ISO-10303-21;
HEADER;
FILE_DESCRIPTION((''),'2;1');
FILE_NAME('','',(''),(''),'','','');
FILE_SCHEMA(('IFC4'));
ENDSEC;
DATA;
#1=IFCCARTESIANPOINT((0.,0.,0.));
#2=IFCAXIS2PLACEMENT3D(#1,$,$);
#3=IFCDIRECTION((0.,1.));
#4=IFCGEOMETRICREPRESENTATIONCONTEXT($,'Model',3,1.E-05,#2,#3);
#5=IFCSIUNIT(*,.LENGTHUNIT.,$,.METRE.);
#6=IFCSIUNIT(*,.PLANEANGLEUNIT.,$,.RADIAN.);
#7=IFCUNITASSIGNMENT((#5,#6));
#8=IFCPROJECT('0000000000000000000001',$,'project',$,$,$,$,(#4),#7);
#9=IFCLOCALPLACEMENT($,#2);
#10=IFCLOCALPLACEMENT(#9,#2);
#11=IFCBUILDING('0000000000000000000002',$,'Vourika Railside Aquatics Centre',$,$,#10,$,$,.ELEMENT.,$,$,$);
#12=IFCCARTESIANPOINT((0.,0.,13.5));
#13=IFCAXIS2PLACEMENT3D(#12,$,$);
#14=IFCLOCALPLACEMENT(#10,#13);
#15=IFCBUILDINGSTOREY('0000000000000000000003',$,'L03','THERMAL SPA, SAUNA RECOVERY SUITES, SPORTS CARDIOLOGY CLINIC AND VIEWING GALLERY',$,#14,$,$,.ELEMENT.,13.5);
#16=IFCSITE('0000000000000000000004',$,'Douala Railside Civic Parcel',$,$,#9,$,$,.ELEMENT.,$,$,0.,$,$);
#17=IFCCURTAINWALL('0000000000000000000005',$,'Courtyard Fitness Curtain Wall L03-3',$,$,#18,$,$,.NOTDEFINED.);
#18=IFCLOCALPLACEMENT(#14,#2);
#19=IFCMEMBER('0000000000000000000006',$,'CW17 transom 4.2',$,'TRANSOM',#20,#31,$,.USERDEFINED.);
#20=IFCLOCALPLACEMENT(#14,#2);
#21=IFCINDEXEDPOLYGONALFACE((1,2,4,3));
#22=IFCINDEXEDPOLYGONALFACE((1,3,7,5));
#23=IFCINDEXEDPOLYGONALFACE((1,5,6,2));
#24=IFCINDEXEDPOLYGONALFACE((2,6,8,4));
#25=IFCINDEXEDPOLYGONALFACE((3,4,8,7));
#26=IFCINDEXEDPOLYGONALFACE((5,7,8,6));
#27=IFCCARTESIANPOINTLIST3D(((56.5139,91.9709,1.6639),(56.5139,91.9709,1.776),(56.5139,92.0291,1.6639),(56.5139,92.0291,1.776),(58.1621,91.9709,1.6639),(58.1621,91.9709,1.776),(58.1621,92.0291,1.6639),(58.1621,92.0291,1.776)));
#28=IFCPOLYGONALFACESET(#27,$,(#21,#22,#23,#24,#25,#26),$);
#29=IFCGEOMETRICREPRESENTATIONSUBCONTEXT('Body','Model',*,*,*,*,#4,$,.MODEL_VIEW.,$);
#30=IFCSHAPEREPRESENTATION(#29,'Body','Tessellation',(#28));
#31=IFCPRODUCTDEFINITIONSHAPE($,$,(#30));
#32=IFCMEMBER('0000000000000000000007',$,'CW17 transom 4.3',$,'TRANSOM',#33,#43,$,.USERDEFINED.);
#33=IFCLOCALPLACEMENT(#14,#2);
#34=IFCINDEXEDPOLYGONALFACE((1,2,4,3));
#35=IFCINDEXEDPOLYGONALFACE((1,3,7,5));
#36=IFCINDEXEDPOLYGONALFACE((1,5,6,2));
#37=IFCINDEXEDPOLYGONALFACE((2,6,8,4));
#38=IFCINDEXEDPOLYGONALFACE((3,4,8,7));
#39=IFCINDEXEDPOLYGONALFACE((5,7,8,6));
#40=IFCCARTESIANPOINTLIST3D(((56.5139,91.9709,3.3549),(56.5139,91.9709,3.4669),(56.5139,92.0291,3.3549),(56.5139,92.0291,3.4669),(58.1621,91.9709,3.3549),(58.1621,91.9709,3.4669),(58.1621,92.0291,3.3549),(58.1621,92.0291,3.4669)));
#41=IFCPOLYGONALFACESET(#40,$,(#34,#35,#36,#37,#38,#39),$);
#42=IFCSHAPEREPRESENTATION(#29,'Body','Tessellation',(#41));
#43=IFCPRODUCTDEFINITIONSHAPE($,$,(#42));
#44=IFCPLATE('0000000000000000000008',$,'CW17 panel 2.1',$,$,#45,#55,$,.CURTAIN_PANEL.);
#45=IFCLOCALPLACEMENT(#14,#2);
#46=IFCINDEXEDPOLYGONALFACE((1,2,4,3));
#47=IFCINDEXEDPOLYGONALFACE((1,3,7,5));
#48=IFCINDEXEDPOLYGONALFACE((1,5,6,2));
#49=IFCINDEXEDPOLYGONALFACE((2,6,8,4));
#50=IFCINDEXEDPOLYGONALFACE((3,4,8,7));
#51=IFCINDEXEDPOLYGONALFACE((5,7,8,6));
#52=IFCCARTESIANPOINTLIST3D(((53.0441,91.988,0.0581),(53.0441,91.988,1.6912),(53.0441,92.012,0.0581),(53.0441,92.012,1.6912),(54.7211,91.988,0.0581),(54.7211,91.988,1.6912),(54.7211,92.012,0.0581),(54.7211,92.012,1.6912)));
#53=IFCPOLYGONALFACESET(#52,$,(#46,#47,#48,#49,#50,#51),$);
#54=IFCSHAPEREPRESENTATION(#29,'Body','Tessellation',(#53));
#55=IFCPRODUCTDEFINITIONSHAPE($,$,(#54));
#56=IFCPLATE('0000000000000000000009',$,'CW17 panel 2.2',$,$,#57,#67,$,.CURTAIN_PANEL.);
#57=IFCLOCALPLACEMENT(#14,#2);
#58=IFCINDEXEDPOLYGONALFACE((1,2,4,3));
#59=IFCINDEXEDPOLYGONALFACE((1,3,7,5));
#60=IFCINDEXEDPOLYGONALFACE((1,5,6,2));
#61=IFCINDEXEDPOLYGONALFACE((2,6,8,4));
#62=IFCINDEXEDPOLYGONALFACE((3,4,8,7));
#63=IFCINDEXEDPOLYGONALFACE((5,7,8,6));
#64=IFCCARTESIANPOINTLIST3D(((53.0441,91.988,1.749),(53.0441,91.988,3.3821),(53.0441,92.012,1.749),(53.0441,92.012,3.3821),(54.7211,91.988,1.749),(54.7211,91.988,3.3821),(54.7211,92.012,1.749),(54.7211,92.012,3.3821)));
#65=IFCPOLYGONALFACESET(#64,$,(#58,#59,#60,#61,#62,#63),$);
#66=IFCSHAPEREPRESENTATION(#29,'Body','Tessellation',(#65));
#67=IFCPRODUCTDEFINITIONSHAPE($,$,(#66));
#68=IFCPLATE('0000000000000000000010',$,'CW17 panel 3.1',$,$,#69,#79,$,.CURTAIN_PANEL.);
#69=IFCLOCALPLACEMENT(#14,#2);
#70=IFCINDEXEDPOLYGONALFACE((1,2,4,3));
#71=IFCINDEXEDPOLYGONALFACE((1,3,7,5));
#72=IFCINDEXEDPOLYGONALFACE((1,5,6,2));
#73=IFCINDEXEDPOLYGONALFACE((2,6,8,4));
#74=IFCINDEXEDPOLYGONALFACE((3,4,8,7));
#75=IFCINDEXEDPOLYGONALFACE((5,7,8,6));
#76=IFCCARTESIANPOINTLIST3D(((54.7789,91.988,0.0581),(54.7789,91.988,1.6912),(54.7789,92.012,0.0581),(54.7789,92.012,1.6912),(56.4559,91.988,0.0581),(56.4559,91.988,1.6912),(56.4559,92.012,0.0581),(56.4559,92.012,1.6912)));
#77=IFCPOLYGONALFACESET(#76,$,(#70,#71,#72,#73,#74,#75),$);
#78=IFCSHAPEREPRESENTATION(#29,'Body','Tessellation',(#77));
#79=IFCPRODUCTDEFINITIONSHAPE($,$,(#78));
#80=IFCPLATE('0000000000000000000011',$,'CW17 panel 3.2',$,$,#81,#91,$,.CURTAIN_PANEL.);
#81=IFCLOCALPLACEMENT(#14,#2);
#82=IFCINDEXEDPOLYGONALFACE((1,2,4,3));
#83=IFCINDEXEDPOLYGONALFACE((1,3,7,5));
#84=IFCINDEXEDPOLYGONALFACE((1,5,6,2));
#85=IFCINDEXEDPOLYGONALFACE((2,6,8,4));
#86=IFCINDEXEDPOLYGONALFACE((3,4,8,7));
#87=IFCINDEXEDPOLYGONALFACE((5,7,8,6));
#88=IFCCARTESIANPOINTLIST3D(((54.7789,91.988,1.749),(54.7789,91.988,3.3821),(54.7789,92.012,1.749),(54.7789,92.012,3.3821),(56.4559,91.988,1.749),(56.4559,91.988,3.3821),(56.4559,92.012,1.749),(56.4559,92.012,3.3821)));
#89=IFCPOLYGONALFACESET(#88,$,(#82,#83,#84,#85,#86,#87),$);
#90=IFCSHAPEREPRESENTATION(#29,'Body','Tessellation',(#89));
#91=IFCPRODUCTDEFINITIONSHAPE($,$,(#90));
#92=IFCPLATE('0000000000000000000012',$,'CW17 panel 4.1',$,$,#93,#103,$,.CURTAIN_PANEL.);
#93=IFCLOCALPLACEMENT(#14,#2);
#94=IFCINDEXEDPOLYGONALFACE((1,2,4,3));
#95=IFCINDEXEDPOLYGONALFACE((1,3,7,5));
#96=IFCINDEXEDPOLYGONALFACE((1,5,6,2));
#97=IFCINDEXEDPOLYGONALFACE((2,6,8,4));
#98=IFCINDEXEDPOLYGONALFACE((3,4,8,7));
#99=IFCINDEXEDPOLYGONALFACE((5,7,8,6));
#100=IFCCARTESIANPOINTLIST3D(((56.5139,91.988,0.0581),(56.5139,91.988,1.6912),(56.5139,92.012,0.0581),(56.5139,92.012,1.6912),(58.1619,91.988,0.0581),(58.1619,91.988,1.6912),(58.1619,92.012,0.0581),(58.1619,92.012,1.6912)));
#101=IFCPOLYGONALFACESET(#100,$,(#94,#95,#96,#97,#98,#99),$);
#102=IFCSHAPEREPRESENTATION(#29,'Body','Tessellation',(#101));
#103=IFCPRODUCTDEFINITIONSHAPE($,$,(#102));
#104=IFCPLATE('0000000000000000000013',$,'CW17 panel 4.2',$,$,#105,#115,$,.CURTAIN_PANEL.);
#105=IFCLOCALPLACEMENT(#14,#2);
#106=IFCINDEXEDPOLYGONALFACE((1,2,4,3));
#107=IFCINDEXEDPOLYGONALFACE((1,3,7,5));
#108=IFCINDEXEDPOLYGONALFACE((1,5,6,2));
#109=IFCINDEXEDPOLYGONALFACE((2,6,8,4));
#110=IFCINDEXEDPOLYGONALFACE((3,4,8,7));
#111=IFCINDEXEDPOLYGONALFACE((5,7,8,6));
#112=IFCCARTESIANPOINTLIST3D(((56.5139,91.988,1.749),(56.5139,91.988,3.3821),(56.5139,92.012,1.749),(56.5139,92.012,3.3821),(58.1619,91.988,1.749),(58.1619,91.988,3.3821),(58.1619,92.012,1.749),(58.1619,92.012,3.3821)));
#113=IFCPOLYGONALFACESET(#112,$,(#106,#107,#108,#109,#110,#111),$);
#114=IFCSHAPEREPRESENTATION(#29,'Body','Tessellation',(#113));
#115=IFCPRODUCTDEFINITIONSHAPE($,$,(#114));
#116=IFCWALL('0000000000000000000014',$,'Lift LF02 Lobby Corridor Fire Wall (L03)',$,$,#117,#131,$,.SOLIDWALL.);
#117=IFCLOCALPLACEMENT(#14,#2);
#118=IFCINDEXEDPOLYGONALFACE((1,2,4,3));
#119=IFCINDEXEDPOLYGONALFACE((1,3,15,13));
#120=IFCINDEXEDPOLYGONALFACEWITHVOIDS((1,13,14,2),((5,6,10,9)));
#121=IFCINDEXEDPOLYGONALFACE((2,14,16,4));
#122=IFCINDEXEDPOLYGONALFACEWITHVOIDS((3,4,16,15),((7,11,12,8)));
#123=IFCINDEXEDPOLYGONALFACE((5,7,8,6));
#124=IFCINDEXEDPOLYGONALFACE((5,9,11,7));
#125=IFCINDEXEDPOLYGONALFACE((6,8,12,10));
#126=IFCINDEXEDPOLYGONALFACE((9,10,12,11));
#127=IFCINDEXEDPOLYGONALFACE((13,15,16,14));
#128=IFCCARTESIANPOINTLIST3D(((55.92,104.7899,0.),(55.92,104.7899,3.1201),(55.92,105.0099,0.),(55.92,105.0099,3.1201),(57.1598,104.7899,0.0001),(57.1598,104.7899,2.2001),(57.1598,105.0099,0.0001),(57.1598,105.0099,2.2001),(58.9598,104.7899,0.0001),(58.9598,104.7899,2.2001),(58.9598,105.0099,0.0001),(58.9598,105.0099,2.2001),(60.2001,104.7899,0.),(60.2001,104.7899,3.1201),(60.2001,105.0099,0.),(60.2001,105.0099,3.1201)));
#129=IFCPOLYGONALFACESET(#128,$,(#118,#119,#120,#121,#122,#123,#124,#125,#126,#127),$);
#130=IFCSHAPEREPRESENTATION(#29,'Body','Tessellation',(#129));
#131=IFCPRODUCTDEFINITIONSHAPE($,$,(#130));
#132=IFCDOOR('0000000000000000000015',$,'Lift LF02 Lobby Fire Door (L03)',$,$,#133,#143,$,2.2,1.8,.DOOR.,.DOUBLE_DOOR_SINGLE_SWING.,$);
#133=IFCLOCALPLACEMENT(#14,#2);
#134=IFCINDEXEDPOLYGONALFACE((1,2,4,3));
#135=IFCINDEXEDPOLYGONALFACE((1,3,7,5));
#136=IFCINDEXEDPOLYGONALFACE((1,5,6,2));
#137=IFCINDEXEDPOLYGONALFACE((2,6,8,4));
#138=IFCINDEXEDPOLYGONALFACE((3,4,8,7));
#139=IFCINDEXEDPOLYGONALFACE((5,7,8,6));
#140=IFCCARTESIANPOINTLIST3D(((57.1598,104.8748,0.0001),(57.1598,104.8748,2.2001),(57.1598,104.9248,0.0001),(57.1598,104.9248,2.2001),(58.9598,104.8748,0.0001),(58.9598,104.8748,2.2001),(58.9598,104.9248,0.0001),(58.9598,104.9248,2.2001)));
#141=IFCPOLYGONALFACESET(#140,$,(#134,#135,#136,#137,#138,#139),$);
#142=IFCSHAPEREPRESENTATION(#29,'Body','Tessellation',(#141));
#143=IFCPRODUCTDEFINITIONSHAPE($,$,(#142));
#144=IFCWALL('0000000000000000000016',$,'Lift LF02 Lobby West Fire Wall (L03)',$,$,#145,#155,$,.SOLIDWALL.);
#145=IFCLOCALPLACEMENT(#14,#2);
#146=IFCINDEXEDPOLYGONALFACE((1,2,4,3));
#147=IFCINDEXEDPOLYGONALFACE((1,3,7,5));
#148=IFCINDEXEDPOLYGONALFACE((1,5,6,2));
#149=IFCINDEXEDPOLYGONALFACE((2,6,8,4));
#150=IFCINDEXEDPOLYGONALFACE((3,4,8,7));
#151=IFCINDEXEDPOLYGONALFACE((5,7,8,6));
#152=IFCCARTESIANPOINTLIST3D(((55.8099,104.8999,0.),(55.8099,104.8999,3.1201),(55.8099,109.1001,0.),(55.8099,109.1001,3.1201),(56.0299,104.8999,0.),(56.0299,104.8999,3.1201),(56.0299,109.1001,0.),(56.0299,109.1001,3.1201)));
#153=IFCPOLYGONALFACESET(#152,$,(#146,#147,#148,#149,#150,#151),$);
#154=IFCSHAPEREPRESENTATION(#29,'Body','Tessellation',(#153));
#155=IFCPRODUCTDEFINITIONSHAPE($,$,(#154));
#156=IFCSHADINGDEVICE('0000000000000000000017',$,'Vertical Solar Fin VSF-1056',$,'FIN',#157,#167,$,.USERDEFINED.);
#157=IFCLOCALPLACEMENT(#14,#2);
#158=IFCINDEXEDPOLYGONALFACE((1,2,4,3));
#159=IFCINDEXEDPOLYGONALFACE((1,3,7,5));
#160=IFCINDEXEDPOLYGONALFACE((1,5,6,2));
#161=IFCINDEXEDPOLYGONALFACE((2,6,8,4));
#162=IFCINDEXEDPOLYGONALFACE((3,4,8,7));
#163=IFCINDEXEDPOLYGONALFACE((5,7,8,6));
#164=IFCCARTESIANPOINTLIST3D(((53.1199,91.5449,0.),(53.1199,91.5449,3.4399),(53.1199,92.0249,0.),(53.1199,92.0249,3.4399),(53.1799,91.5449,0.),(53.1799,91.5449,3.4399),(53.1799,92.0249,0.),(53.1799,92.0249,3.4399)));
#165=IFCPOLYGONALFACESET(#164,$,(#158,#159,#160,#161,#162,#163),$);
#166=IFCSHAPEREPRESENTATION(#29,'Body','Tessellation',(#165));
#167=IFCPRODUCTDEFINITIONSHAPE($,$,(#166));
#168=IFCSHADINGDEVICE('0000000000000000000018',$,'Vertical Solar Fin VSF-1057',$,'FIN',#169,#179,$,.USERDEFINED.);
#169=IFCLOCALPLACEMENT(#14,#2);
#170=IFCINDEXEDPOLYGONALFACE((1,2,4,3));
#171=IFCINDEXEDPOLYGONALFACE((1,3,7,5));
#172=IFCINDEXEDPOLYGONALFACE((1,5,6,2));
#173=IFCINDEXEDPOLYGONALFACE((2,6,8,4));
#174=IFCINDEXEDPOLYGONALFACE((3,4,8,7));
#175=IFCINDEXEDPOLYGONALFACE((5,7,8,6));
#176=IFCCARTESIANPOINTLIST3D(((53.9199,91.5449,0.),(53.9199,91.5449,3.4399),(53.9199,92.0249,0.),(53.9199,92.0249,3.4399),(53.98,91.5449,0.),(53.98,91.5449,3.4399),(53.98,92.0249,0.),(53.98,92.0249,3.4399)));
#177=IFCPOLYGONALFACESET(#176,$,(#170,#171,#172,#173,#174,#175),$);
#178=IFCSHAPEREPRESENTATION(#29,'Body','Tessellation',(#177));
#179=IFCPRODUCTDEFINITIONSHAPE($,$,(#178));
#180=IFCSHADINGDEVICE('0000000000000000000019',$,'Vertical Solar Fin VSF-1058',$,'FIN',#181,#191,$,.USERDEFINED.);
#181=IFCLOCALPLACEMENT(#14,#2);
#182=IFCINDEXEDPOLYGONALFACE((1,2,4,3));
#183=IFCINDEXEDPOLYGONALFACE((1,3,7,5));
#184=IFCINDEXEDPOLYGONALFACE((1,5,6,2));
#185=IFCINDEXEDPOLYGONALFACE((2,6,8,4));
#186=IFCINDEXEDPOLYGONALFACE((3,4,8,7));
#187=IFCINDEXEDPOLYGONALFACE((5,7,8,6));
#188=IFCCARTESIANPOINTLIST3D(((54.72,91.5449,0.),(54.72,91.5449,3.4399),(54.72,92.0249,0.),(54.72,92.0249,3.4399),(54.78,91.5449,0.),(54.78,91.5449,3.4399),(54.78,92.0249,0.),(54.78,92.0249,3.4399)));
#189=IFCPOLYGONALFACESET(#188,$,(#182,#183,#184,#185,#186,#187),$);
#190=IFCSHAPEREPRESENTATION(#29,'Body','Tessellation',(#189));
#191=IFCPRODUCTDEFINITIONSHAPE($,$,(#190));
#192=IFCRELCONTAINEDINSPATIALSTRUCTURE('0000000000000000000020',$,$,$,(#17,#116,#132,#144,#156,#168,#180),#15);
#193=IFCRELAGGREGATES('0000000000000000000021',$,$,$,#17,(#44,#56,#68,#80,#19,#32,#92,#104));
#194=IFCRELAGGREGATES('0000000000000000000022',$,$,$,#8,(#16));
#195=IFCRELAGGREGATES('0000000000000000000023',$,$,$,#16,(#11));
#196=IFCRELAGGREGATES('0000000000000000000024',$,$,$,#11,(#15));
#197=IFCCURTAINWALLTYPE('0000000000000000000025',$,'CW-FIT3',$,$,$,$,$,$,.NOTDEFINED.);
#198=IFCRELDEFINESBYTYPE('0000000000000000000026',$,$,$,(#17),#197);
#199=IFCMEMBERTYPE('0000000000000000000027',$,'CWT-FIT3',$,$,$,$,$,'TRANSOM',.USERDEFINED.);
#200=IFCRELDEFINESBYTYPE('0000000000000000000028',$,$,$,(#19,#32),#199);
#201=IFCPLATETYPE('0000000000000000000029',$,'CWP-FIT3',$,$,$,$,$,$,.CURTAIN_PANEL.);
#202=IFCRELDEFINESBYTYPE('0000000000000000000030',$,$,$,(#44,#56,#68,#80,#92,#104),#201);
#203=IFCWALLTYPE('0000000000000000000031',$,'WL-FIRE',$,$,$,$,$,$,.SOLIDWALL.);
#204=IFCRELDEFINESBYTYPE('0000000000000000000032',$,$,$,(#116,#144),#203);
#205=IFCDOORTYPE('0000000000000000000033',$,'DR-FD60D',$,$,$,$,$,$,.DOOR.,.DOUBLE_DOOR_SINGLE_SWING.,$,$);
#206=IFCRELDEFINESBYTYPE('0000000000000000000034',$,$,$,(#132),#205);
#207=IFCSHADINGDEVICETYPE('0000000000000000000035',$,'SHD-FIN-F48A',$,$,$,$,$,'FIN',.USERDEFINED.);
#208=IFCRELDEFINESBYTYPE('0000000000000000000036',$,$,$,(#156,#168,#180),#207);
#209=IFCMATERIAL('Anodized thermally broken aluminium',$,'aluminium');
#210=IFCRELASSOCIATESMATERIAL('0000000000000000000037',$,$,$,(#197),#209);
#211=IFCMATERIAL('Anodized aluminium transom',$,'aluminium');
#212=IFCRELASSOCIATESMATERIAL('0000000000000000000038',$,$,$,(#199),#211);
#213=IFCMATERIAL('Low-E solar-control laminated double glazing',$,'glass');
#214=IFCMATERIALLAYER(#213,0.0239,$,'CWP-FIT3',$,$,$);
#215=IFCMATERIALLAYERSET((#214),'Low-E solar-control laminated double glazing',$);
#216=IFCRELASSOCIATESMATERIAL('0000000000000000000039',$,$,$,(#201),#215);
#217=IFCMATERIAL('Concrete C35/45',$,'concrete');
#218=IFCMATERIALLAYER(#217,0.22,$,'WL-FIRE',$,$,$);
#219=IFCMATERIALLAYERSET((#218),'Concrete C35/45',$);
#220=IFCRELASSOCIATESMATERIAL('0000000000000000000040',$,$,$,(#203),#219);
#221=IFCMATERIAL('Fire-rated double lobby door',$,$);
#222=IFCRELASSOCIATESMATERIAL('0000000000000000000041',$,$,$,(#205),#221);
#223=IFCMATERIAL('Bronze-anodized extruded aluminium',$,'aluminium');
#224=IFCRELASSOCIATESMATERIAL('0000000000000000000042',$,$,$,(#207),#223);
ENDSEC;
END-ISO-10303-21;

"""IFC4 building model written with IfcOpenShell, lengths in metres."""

from ifc_helpers import new_model, si_unit, direction, frame, frame_2d, origin, origin_2d, place, context, subcontext, project, spatial, rectangle, extrude, material, layer, layer_set, material_profile, profile_set, type_object, element, fill, aggregate, save


model = new_model("IFC4")

# Units and contexts
model_context = context("Model", 3, precision=1e-05, world=origin(), true_north=direction((0.0, 1.0)))
body_context = subcontext(model_context, "Body", "Model", "MODEL_VIEW")
ifc_project = project(units=[si_unit("LENGTHUNIT", "METRE"), si_unit("PLANEANGLEUNIT", "RADIAN")], contexts=[model_context])

# Site, building, storey
site_placement = place(None, origin())
site = spatial("IfcSite", under=ifc_project, at=site_placement, Name="Douala Railside Civic Parcel", CompositionType="ELEMENT", RefElevation=0.0)
building_placement = place(site_placement, origin())
building = spatial("IfcBuilding", under=site, at=building_placement, Name="Vourika Railside Aquatics Centre", CompositionType="ELEMENT")
storey_placement = place(building_placement, frame((0.0, 0.0, 13.5)))
storey = spatial("IfcBuildingStorey", under=building, at=storey_placement, Name="L03", Description="THERMAL SPA, SAUNA RECOVERY SUITES, SPORTS CARDIOLOGY CLINIC AND VIEWING GALLERY", CompositionType="ELEMENT", Elevation=13.5)

# Shared definitions
ifc_material_1 = material(Name="Concrete C35/45", Category="concrete")

# Curtain wall, members, plates
ifc_material_2 = material(Name="Anodized thermally broken aluminium", Category="aluminium")
curtain_wall_type = type_object("IfcCurtainWallType", Name="CW-FIT3", PredefinedType="NOTDEFINED", material=ifc_material_2)
curtain_wall_placement = place(storey_placement, origin())
curtain_wall = element("IfcCurtainWall", 1, at=curtain_wall_placement, inside=storey, type_object=curtain_wall_type, Name="Courtyard Fitness Curtain Wall L03-3", PredefinedType="NOTDEFINED")
ifc_material_3 = material(Name="Anodized aluminium transom", Category="aluminium")
ifc_material_profile_1 = material_profile(ifc_material_3, rectangle(XDim=0.0581, YDim=0.1121, at=origin_2d()), Name="ALU-T 58x112")
ifc_profile_set_1 = profile_set([ifc_material_profile_1], Name="Anodized aluminium transom")
member_type_1 = type_object("IfcMemberType", Name="CWT-FIT3", ElementType="TRANSOM", PredefinedType="USERDEFINED", material=ifc_profile_set_1)
member_1_placement = place(storey_placement, frame((56.5139, 92.0, 1.72), z_axis=(1.0, 0.0, 0.0), x_axis=(0.0, 1.0, 0.0)))
member_1 = element("IfcMember", 2, at=member_1_placement, type_object=member_type_1, Name="CW17 transom 4.2", ObjectType="TRANSOM", PredefinedType="USERDEFINED", context=body_context, shape_type="SweptSolid", body=[
    extrude(rectangle(XDim=0.0581, YDim=0.1121, at=origin_2d()), origin(), (0.0, 0.0, 1.0), 1.6482),
])
member_2_placement = place(storey_placement, frame((56.5139, 92.0, 3.4109), z_axis=(1.0, 0.0, 0.0), x_axis=(0.0, 1.0, 0.0)))
member_2 = element("IfcMember", 3, at=member_2_placement, type_object=member_type_1, Name="CW17 transom 4.3", ObjectType="TRANSOM", PredefinedType="USERDEFINED", context=body_context, shape_type="SweptSolid", body=[
    extrude(rectangle(XDim=0.0581, YDim=0.1121, at=origin_2d()), origin(), (0.0, 0.0, 1.0), 1.6482),
])
ifc_material_4 = material(Name="Low-E solar-control laminated double glazing", Category="glass")
ifc_layer_1 = layer(ifc_material_4, 0.0239, Name="CWP-FIT3")
ifc_layer_set_1 = layer_set([ifc_layer_1], Name="Low-E solar-control laminated double glazing")
plate_type = type_object("IfcPlateType", Name="CWP-FIT3", PredefinedType="CURTAIN_PANEL", material=ifc_layer_set_1)
plate_1_placement = place(storey_placement, frame((53.8826, 92.0, 0.0581), z_axis=(0.0, 0.0, 1.0), x_axis=(1.0, 0.0, 0.0)))
plate_1 = element("IfcPlate", 4, at=plate_1_placement, type_object=plate_type, Name="CW17 panel 2.1", PredefinedType="CURTAIN_PANEL", context=body_context, shape_type="SweptSolid", body=[
    extrude(rectangle(XDim=1.677, YDim=0.0239, at=origin_2d()), origin(), (0.0, 0.0, 1.0), 1.6331),
])
plate_2_placement = place(storey_placement, frame((53.8826, 92.0, 1.749), z_axis=(0.0, 0.0, 1.0), x_axis=(1.0, 0.0, 0.0)))
plate_2 = element("IfcPlate", 5, at=plate_2_placement, type_object=plate_type, Name="CW17 panel 2.2", PredefinedType="CURTAIN_PANEL", context=body_context, shape_type="SweptSolid", body=[
    extrude(rectangle(XDim=1.677, YDim=0.0239, at=origin_2d()), origin(), (0.0, 0.0, 1.0), 1.6331),
])
plate_3_placement = place(storey_placement, frame((55.6174, 92.0, 0.0581), z_axis=(0.0, 0.0, 1.0), x_axis=(1.0, 0.0, 0.0)))
plate_3 = element("IfcPlate", 6, at=plate_3_placement, type_object=plate_type, Name="CW17 panel 3.1", PredefinedType="CURTAIN_PANEL", context=body_context, shape_type="SweptSolid", body=[
    extrude(rectangle(XDim=1.677, YDim=0.0239, at=origin_2d()), origin(), (0.0, 0.0, 1.0), 1.6331),
])
plate_4_placement = place(storey_placement, frame((55.6174, 92.0, 1.749), z_axis=(0.0, 0.0, 1.0), x_axis=(1.0, 0.0, 0.0)))
plate_4 = element("IfcPlate", 7, at=plate_4_placement, type_object=plate_type, Name="CW17 panel 3.2", PredefinedType="CURTAIN_PANEL", context=body_context, shape_type="SweptSolid", body=[
    extrude(rectangle(XDim=1.677, YDim=0.0239, at=origin_2d()), origin(), (0.0, 0.0, 1.0), 1.6331),
])
plate_5_placement = place(storey_placement, frame((57.3379, 92.0, 0.0581), z_axis=(0.0, 0.0, 1.0), x_axis=(1.0, 0.0, 0.0)))
plate_5 = element("IfcPlate", 8, at=plate_5_placement, type_object=plate_type, Name="CW17 panel 4.1", PredefinedType="CURTAIN_PANEL", context=body_context, shape_type="SweptSolid", body=[
    extrude(rectangle(XDim=1.6479, YDim=0.0239, at=origin_2d()), origin(), (0.0, 0.0, 1.0), 1.6331),
])
plate_6_placement = place(storey_placement, frame((57.3379, 92.0, 1.749), z_axis=(0.0, 0.0, 1.0), x_axis=(1.0, 0.0, 0.0)))
plate_6 = element("IfcPlate", 9, at=plate_6_placement, type_object=plate_type, Name="CW17 panel 4.2", PredefinedType="CURTAIN_PANEL", context=body_context, shape_type="SweptSolid", body=[
    extrude(rectangle(XDim=1.6479, YDim=0.0239, at=origin_2d()), origin(), (0.0, 0.0, 1.0), 1.6331),
])
aggregate(curtain_wall, [plate_1, plate_2, plate_3, plate_4, member_1, member_2, plate_5, plate_6])

# Wall, opening, door
ifc_layer_2 = layer(ifc_material_1, 0.22, Name="WL-FIRE")
ifc_layer_set_2 = layer_set([ifc_layer_2], Name="Concrete C35/45")
wall_type = type_object("IfcWallType", Name="WL-FIRE", PredefinedType="SOLIDWALL", material=ifc_layer_set_2)
wall_1_placement = place(storey_placement, frame((55.9199, 104.8999, 0.0), z_axis=(0.0, 0.0, 1.0), x_axis=(1.0, 0.0, 0.0)))
wall_1 = element("IfcWall", 10, at=wall_1_placement, inside=storey, type_object=wall_type, Name="Lift LF02 Lobby Corridor Fire Wall (L03)", PredefinedType="SOLIDWALL", context=body_context, shape_type="SweptSolid", body=[
    extrude(rectangle(XDim=4.28, YDim=0.22, at=frame_2d((2.1401, 0.0))), origin(), (0.0, 0.0, 1.0), 3.1201),
])
opening_placement = place(wall_1_placement, frame((1.24, 0.0, 0.0)))
opening = element("IfcOpeningElement", 11, at=opening_placement, cuts=wall_1, PredefinedType="OPENING", context=body_context, shape_type="SweptSolid", body=[
    extrude(rectangle(XDim=1.8, YDim=2.2, at=frame_2d((0.8999, 1.1001))), frame((0.0, 0.1201, 0.0), z_axis=(0.0, -1.0, 0.0), x_axis=(1.0, 0.0, 0.0)), (0.0, 0.0, 1.0), 0.24),
])
ifc_material_5 = material(Name="Fire-rated double lobby door")
door_type = type_object("IfcDoorType", Name="DR-FD60D", OperationType="DOUBLE_DOOR_SINGLE_SWING", PredefinedType="DOOR", material=ifc_material_5)
door_placement = place(opening_placement, origin())
door = element("IfcDoor", 12, at=door_placement, inside=storey, type_object=door_type, Name="Lift LF02 Lobby Fire Door (L03)", OperationType="DOUBLE_DOOR_SINGLE_SWING", OverallHeight=2.2, OverallWidth=1.8, PredefinedType="DOOR", context=body_context, shape_type="SweptSolid", body=[
    extrude(rectangle(XDim=1.8, YDim=2.2, at=frame_2d((0.8999, 1.1001))), frame((0.0, 0.0249, 0.0), z_axis=(0.0, -1.0, 0.0), x_axis=(1.0, 0.0, 0.0)), (0.0, 0.0, 1.0), 0.05),
])
fill(opening, door)

# Wall
wall_2_placement = place(storey_placement, frame((55.9199, 104.8999, 0.0), z_axis=(0.0, 0.0, 1.0), x_axis=(0.0, 1.0, 0.0)))
element("IfcWall", 13, at=wall_2_placement, inside=storey, type_object=wall_type, Name="Lift LF02 Lobby West Fire Wall (L03)", PredefinedType="SOLIDWALL", context=body_context, shape_type="SweptSolid", body=[
    extrude(rectangle(XDim=4.2002, YDim=0.22, at=frame_2d((2.1001, 0.0))), origin(), (0.0, 0.0, 1.0), 3.1201),
])

# Shading devices
ifc_material_6 = material(Name="Bronze-anodized extruded aluminium", Category="aluminium")
ifc_material_profile_2 = material_profile(ifc_material_6, rectangle(XDim=0.0601, YDim=0.48, at=origin_2d()), Name="ALU-FIN 60x480")
ifc_profile_set_2 = profile_set([ifc_material_profile_2], Name="Bronze-anodized extruded aluminium")
shading_device_type = type_object("IfcShadingDeviceType", Name="SHD-FIN-F48A", ElementType="FIN", PredefinedType="USERDEFINED", material=ifc_profile_set_2)
for number, where, z_axis, x_axis, name in (
    (14, (53.1499, 91.7849, 0.0), (0.0, 0.0, 1.0), (-1.0, 0.0, 0.0), "Vertical Solar Fin VSF-1056"),
    (15, (53.95, 91.7849, 0.0), (0.0, 0.0, 1.0), (-1.0, 0.0, 0.0), "Vertical Solar Fin VSF-1057"),
    (16, (54.75, 91.7849, 0.0), (0.0, 0.0, 1.0), (-1.0, 0.0, 0.0), "Vertical Solar Fin VSF-1058"),
):
    element("IfcShadingDevice", number, at=place(storey_placement, frame(where, z_axis=z_axis, x_axis=x_axis)), inside=storey, type_object=shading_device_type, Name=name, ObjectType="FIN", PredefinedType="USERDEFINED", context=body_context, shape_type="SweptSolid", body=[
        extrude(rectangle(XDim=0.0601, YDim=0.48, at=origin_2d()), origin(), (0.0, 0.0, 1.0), 3.4399),
    ])

save(model, "model.ifc")
